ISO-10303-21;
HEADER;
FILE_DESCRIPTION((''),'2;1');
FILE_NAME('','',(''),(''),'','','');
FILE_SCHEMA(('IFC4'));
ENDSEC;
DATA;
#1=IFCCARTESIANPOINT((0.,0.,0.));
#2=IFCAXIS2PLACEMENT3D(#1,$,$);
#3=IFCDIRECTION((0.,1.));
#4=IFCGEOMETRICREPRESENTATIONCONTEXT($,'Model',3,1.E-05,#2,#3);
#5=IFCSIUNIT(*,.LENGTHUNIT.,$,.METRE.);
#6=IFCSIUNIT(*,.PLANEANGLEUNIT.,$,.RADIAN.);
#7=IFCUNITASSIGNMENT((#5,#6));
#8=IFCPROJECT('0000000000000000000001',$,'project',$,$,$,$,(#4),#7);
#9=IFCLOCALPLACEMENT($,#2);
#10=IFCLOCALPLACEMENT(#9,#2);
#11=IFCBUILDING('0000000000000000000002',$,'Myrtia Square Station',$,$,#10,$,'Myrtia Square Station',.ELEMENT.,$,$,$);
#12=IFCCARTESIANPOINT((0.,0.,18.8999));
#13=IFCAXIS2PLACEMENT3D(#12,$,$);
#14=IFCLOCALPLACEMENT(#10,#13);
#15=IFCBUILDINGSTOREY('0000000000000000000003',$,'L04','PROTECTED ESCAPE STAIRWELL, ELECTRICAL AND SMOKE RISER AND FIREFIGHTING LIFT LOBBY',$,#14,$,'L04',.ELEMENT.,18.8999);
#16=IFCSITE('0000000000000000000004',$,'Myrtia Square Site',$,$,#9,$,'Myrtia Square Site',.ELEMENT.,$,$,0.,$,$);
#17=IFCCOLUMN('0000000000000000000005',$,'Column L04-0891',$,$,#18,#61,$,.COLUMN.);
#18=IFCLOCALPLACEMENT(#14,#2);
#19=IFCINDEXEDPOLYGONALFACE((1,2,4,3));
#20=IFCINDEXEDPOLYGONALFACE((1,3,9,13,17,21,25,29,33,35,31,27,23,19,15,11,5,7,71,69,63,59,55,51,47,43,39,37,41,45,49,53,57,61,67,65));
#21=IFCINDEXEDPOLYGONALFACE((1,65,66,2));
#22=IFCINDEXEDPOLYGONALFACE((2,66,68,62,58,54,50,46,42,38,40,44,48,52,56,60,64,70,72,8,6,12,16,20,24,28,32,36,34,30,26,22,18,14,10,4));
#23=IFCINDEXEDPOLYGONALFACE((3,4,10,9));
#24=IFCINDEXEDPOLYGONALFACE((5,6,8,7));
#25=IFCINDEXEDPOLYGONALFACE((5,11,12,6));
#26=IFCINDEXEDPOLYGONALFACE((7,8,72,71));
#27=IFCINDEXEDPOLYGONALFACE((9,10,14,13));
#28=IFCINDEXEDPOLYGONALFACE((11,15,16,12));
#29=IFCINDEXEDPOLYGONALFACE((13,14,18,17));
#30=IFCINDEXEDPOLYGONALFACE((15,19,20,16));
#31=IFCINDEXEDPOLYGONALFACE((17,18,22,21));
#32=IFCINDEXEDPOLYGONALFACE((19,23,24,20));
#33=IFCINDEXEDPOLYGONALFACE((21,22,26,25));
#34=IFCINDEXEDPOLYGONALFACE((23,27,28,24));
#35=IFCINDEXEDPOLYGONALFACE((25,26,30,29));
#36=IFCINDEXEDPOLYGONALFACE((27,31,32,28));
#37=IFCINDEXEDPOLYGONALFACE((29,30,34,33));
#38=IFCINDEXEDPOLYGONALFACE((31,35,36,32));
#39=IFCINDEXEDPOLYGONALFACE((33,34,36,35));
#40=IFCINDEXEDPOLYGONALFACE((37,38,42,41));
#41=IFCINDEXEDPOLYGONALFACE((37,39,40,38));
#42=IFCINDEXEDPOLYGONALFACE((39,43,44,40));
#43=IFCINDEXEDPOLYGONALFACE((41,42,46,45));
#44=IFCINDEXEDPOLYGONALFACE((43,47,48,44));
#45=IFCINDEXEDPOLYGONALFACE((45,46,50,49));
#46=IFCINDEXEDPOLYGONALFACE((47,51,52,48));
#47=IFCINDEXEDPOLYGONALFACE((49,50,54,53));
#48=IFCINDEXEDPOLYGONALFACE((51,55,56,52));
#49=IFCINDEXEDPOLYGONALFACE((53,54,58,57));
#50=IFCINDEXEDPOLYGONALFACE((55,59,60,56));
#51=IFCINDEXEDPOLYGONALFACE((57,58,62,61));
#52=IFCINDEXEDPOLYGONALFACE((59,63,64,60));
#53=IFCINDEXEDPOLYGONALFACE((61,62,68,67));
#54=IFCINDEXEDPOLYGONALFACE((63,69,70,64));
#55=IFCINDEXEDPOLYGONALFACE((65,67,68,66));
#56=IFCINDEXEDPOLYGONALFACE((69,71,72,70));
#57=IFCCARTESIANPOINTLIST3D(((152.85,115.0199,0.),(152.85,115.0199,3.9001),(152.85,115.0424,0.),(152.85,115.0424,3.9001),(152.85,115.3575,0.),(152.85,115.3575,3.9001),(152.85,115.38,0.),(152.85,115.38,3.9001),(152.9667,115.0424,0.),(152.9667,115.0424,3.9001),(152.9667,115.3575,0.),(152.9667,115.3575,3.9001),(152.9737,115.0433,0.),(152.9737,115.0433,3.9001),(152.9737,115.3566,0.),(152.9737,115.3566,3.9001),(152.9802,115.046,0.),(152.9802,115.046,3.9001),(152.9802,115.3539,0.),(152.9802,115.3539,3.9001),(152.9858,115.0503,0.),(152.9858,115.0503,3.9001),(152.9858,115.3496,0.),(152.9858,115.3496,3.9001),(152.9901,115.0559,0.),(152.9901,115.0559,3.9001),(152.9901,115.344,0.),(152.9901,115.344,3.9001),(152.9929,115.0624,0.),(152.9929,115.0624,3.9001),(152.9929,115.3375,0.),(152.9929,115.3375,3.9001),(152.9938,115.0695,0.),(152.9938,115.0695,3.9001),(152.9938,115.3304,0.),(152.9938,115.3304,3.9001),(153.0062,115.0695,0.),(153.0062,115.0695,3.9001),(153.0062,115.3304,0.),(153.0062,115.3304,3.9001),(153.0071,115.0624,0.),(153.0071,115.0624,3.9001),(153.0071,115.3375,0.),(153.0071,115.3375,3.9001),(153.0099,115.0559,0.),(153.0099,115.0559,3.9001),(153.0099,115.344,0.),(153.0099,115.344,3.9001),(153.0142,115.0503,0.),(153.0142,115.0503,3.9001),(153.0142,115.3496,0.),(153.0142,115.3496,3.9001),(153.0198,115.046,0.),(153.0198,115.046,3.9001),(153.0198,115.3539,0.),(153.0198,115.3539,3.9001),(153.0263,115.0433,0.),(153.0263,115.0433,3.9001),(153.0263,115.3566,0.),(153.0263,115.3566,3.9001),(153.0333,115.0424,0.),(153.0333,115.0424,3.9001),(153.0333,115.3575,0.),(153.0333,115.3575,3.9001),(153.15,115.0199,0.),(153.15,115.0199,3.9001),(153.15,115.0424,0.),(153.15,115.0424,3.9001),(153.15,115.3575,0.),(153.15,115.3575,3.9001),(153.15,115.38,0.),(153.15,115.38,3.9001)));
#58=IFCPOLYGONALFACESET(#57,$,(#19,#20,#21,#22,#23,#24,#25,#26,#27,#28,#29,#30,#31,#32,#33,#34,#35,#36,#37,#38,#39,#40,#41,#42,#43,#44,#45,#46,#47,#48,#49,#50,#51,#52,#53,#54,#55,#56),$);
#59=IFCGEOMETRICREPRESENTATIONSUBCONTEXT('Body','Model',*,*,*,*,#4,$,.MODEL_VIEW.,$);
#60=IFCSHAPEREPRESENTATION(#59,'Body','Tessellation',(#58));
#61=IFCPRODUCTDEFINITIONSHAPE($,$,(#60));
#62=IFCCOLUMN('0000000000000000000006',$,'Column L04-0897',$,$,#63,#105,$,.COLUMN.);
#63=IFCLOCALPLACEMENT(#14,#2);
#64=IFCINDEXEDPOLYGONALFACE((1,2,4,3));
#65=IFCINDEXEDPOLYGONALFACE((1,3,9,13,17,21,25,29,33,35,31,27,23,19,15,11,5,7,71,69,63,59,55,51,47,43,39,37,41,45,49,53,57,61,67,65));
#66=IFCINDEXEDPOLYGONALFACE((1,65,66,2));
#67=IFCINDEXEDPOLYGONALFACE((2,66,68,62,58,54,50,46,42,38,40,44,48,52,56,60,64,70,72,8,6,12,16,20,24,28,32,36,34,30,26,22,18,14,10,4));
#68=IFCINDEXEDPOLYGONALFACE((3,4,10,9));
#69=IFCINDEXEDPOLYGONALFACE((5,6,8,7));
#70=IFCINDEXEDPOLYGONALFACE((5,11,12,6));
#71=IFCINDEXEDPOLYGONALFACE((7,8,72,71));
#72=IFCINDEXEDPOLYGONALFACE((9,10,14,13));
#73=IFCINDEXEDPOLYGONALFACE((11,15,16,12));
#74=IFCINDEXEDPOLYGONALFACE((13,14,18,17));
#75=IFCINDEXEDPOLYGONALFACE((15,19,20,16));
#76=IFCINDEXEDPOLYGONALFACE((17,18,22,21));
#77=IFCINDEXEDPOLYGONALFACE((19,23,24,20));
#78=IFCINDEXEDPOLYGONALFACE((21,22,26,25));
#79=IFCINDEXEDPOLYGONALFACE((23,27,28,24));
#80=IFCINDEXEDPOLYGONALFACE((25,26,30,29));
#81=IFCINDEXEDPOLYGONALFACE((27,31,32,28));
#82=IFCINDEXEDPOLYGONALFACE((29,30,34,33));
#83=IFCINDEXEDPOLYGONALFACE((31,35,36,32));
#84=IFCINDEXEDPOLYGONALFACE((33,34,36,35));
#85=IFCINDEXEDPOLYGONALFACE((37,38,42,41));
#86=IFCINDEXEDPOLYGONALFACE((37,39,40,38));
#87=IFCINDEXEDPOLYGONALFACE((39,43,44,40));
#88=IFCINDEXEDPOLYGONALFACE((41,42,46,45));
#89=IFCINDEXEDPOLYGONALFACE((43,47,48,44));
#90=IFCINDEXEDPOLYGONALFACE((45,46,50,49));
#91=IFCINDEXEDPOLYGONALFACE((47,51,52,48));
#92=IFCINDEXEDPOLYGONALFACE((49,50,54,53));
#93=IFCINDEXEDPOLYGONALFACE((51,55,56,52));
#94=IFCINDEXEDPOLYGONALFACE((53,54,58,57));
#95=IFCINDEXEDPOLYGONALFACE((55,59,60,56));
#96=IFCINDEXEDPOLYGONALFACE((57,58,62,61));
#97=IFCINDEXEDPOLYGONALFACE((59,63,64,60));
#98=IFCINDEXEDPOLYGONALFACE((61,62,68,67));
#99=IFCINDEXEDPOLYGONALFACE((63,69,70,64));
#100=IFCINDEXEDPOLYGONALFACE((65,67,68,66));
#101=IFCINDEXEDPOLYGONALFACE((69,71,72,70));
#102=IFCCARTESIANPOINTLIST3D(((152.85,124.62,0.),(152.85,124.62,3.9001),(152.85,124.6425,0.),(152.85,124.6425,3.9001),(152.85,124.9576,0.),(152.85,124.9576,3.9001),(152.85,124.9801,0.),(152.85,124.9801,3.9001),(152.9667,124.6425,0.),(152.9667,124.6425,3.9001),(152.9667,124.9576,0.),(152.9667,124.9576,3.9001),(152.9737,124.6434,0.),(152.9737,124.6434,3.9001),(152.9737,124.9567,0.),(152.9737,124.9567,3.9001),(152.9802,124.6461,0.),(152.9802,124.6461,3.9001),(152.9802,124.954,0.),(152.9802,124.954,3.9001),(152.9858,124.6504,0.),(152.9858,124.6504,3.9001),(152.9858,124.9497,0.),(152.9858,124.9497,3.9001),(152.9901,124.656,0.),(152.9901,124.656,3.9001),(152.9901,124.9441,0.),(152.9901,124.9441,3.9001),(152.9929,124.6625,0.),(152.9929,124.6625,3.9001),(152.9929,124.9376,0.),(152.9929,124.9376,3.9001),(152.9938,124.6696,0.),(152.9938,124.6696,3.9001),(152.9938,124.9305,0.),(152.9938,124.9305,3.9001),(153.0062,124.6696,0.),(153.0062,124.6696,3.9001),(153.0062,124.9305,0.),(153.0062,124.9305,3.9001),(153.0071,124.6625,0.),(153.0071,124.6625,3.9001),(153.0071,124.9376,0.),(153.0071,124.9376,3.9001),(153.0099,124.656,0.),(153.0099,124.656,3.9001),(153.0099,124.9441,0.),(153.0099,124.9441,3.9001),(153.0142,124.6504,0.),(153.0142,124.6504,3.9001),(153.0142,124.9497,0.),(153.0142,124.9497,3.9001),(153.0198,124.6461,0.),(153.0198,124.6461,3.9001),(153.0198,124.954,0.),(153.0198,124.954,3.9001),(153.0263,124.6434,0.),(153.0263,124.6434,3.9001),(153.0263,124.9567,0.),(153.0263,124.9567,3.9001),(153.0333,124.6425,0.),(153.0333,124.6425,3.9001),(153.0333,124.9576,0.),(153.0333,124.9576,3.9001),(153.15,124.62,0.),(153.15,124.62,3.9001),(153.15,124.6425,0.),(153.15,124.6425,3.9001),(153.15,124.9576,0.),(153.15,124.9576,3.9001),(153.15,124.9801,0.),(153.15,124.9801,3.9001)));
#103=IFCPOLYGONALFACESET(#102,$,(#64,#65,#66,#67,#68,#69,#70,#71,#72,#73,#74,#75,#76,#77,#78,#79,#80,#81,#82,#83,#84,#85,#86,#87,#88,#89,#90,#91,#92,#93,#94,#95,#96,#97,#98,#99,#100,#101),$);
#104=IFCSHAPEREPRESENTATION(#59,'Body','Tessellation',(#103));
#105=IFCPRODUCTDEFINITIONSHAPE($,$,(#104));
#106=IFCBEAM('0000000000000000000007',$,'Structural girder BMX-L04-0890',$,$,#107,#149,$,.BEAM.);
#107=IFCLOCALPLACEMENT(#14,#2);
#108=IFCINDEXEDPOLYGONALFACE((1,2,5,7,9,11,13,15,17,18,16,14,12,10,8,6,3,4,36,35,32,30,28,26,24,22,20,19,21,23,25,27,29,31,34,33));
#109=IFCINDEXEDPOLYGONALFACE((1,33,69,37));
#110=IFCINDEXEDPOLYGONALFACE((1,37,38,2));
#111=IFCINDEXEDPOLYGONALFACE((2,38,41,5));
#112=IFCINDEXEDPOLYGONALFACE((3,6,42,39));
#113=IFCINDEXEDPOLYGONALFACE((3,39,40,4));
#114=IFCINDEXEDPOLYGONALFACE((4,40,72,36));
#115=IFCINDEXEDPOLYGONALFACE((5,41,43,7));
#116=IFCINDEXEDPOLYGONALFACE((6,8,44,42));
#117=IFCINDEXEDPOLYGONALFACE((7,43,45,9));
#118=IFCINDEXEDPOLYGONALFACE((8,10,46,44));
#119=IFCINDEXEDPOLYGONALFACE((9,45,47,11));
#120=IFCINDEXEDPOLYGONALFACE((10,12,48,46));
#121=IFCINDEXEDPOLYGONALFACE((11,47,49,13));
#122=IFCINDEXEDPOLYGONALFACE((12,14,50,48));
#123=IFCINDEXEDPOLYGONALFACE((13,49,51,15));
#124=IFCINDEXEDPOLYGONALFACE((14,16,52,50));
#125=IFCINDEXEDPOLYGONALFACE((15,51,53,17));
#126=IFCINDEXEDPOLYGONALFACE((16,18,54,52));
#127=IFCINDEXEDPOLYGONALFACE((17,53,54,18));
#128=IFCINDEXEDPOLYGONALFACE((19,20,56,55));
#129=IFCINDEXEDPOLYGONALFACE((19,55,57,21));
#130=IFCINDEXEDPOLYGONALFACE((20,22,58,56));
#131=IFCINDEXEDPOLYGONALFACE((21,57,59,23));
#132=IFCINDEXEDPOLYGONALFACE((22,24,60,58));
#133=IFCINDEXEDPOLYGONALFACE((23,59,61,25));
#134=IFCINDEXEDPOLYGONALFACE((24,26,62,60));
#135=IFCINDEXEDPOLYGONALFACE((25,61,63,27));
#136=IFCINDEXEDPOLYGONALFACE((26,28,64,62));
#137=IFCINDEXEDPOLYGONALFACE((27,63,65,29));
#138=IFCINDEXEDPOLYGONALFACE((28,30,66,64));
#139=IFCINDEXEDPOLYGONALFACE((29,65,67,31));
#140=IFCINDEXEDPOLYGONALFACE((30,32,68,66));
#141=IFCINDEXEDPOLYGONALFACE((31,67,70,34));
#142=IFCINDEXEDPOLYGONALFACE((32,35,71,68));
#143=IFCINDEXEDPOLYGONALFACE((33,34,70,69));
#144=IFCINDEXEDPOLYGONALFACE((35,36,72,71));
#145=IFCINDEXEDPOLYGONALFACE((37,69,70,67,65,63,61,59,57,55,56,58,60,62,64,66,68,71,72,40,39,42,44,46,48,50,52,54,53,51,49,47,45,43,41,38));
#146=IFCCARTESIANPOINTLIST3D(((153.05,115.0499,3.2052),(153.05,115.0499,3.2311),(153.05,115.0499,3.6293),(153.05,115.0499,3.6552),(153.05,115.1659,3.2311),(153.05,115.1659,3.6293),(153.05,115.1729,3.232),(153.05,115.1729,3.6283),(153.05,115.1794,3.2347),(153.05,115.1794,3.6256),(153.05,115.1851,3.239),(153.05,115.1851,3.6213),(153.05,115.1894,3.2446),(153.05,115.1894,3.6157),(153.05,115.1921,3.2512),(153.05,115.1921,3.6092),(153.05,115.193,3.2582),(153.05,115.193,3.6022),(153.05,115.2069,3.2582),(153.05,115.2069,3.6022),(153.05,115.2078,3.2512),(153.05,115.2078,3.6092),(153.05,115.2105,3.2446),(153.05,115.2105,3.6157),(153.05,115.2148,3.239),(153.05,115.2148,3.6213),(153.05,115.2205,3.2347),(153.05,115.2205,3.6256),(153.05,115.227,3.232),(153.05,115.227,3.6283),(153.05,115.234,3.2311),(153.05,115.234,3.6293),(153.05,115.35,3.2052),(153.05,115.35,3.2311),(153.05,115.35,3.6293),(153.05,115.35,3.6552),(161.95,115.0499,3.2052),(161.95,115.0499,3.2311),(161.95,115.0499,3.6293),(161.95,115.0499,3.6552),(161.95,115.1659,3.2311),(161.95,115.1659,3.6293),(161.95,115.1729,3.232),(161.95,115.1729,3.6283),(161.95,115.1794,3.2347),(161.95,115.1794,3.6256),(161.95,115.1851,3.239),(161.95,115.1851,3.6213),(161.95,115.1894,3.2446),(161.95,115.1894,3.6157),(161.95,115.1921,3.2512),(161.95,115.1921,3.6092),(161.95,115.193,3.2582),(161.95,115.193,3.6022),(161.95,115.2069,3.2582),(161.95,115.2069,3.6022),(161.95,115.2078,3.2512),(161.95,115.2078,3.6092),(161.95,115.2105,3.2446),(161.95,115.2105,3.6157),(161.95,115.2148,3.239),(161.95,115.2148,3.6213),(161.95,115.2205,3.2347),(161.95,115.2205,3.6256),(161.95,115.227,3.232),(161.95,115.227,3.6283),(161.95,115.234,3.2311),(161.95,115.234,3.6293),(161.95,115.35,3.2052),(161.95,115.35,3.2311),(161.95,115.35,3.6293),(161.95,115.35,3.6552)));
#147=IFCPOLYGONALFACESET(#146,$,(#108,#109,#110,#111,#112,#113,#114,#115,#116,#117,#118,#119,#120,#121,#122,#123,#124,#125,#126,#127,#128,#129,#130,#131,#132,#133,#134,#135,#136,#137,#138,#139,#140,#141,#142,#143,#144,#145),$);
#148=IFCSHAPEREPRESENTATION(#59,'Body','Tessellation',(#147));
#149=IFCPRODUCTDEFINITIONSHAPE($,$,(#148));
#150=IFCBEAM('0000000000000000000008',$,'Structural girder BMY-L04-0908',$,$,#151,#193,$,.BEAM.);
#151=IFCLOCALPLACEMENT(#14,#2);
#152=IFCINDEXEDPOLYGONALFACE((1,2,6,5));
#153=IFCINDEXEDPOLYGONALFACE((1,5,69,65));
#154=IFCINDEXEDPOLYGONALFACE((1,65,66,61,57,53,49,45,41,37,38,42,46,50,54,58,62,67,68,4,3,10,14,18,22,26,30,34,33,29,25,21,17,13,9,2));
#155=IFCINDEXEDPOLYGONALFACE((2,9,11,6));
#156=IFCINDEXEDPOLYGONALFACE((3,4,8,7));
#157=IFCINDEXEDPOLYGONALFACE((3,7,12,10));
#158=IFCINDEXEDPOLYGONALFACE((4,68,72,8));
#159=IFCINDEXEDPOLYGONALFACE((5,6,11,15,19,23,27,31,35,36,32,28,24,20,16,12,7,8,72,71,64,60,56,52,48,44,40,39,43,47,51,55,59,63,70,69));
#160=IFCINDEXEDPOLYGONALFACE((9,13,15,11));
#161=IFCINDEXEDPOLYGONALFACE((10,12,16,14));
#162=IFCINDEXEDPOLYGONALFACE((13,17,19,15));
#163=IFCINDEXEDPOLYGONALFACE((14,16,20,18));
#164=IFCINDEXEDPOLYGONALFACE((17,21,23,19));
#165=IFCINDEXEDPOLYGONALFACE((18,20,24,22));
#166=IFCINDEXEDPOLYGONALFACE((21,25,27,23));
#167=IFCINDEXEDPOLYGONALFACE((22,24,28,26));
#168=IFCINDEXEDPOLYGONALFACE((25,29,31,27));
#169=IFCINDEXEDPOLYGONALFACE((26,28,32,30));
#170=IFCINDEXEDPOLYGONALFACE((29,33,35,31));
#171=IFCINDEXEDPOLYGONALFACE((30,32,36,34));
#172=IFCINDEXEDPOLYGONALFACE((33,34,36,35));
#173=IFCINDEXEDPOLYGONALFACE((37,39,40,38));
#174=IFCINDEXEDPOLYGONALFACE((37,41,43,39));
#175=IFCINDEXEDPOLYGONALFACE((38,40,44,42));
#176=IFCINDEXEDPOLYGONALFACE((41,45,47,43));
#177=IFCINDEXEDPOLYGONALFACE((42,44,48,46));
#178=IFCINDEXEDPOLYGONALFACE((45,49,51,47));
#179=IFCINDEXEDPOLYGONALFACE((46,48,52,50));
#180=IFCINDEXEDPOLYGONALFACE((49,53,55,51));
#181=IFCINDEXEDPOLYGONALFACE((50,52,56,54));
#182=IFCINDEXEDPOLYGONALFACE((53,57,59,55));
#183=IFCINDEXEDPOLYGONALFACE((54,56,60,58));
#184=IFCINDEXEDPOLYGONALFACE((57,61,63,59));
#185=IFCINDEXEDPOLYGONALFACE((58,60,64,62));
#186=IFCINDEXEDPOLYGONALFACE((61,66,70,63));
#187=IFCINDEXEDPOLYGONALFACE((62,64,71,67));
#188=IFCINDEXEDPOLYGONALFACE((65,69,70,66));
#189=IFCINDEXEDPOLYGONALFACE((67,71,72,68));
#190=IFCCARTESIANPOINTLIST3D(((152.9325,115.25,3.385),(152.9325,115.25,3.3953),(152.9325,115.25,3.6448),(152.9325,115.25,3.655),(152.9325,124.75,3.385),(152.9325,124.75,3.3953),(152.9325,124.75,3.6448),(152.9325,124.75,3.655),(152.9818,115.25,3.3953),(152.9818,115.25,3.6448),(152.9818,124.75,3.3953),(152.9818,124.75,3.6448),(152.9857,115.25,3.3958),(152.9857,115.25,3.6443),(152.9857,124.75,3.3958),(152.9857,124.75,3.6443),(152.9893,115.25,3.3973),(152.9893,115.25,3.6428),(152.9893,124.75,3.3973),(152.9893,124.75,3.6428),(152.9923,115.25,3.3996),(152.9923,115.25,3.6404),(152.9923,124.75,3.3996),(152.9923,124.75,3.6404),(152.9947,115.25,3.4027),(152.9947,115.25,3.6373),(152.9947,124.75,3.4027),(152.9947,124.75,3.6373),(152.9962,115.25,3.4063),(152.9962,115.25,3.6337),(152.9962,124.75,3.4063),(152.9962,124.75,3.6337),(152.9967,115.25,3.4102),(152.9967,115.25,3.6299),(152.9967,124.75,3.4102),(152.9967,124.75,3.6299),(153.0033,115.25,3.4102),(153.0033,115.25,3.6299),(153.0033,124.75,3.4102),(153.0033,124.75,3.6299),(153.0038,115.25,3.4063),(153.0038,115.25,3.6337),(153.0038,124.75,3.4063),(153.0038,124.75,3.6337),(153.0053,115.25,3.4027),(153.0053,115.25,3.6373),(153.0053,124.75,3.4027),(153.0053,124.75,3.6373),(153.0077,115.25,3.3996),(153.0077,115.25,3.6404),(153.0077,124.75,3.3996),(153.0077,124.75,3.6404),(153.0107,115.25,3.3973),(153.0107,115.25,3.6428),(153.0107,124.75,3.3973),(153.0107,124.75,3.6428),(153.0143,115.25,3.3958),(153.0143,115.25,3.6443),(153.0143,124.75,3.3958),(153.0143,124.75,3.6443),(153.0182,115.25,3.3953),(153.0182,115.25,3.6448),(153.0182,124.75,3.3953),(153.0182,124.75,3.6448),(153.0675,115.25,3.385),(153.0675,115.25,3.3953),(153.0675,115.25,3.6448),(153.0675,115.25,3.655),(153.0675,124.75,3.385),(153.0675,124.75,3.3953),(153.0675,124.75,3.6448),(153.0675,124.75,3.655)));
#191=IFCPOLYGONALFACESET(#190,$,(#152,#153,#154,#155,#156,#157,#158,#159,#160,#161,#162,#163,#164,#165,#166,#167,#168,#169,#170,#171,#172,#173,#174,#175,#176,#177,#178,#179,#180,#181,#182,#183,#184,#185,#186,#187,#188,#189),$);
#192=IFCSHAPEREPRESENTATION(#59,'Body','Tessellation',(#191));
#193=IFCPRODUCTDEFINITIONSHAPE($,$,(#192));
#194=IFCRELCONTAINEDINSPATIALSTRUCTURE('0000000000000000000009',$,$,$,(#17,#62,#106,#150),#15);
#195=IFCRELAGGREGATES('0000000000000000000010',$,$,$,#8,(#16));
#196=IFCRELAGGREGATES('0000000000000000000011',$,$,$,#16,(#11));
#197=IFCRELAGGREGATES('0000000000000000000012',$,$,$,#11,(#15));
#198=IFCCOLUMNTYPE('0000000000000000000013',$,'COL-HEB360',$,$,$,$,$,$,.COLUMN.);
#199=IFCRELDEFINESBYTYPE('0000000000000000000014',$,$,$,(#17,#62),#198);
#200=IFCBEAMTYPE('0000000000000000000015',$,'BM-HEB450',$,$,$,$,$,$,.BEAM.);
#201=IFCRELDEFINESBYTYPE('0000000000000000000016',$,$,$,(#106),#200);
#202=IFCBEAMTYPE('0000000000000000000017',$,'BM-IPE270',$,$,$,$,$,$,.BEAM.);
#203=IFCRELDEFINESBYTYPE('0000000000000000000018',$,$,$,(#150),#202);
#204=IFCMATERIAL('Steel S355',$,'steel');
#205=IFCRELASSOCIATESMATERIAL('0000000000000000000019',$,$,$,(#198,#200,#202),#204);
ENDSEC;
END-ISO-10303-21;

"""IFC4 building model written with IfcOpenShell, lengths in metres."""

from ifc_helpers import new_model, si_unit, direction, frame, origin, origin_2d, place, context, subcontext, project, spatial, i_section, extrude, material, material_profile, profile_set, type_object, element, save


model = new_model("IFC4")

# Units and contexts
model_context = context("Model", 3, precision=1e-05, world=origin(), true_north=direction((0.0, 1.0)))
body_context = subcontext(model_context, "Body", "Model", "MODEL_VIEW")
ifc_project = project(units=[si_unit("LENGTHUNIT", "METRE"), si_unit("PLANEANGLEUNIT", "RADIAN")], contexts=[model_context])

# Site, building, storey
site_placement = place(None, origin())
site = spatial("IfcSite", under=ifc_project, at=site_placement, Name="Myrtia Square Site", LongName="Myrtia Square Site", CompositionType="ELEMENT", RefElevation=0.0)
building_placement = place(site_placement, origin())
building = spatial("IfcBuilding", under=site, at=building_placement, Name="Myrtia Square Station", LongName="Myrtia Square Station", CompositionType="ELEMENT")
storey_placement = place(building_placement, frame((0.0, 0.0, 18.8999)))
storey = spatial("IfcBuildingStorey", under=building, at=storey_placement, Name="L04", Description="PROTECTED ESCAPE STAIRWELL, ELECTRICAL AND SMOKE RISER AND FIREFIGHTING LIFT LOBBY", LongName="L04", CompositionType="ELEMENT", Elevation=18.8999)

# Columns
ifc_material_1 = material(Name="Steel S355", Category="steel")
ifc_material_profile_1 = material_profile(ifc_material_1, i_section(OverallWidth=0.3, OverallDepth=0.3601, WebThickness=0.0125, FlangeThickness=0.0225, FilletRadius=0.0271, at=origin_2d()), Name="HEB 360")
ifc_profile_set_1 = profile_set([ifc_material_profile_1], Name="Steel S355")
column_type = type_object("IfcColumnType", Name="COL-HEB360", PredefinedType="COLUMN", material=ifc_profile_set_1)
for number, where, z_axis, x_axis, name in (
    (1, (153.0, 115.2, 0.0), (0.0, 0.0, 1.0), (1.0, 0.0, 0.0), "Column L04-0891"),
    (2, (153.0, 124.8, 0.0), (0.0, 0.0, 1.0), (1.0, 0.0, 0.0), "Column L04-0897"),
):
    element("IfcColumn", number, at=place(storey_placement, frame(where, z_axis=z_axis, x_axis=x_axis)), inside=storey, type_object=column_type, Name=name, PredefinedType="COLUMN", context=body_context, shape_type="SweptSolid", body=[
        extrude(i_section(OverallWidth=0.3, OverallDepth=0.3601, WebThickness=0.0125, FlangeThickness=0.0225, FilletRadius=0.0271, at=origin_2d()), origin(), (0.0, 0.0, 1.0), 3.9001),
    ])

# Beams
ifc_material_profile_2 = material_profile(ifc_material_1, i_section(OverallWidth=0.3, OverallDepth=0.45, WebThickness=0.0139, FlangeThickness=0.0259, FilletRadius=0.0271, at=origin_2d()), Name="HEB 450")
ifc_profile_set_2 = profile_set([ifc_material_profile_2], Name="Steel S355")
beam_type_1 = type_object("IfcBeamType", Name="BM-HEB450", PredefinedType="BEAM", material=ifc_profile_set_2)
beam_1_placement = place(storey_placement, frame((153.05, 115.2, 3.4302), z_axis=(1.0, 0.0, 0.0), x_axis=(0.0, 1.0, 0.0)))
element("IfcBeam", 3, at=beam_1_placement, inside=storey, type_object=beam_type_1, Name="Structural girder BMX-L04-0890", PredefinedType="BEAM", context=body_context, shape_type="SweptSolid", body=[
    extrude(i_section(OverallWidth=0.3, OverallDepth=0.45, WebThickness=0.0139, FlangeThickness=0.0259, FilletRadius=0.0271, at=origin_2d()), origin(), (0.0, 0.0, 1.0), 8.8999),
])
ifc_material_profile_3 = material_profile(ifc_material_1, i_section(OverallWidth=0.135, OverallDepth=0.27, WebThickness=0.0066, FlangeThickness=0.0103, FilletRadius=0.0149, at=origin_2d()), Name="IPE 270")
ifc_profile_set_3 = profile_set([ifc_material_profile_3], Name="Steel S355")
beam_type_2 = type_object("IfcBeamType", Name="BM-IPE270", PredefinedType="BEAM", material=ifc_profile_set_3)
beam_2_placement = place(storey_placement, frame((153.0, 115.25, 3.52), z_axis=(0.0, 1.0, 0.0), x_axis=(-1.0, 0.0, 0.0)))
element("IfcBeam", 4, at=beam_2_placement, inside=storey, type_object=beam_type_2, Name="Structural girder BMY-L04-0908", PredefinedType="BEAM", context=body_context, shape_type="SweptSolid", body=[
    extrude(i_section(OverallWidth=0.135, OverallDepth=0.27, WebThickness=0.0066, FlangeThickness=0.0103, FilletRadius=0.0149, at=origin_2d()), origin(), (0.0, 0.0, 1.0), 9.5),
])

save(model, "model.ifc")
